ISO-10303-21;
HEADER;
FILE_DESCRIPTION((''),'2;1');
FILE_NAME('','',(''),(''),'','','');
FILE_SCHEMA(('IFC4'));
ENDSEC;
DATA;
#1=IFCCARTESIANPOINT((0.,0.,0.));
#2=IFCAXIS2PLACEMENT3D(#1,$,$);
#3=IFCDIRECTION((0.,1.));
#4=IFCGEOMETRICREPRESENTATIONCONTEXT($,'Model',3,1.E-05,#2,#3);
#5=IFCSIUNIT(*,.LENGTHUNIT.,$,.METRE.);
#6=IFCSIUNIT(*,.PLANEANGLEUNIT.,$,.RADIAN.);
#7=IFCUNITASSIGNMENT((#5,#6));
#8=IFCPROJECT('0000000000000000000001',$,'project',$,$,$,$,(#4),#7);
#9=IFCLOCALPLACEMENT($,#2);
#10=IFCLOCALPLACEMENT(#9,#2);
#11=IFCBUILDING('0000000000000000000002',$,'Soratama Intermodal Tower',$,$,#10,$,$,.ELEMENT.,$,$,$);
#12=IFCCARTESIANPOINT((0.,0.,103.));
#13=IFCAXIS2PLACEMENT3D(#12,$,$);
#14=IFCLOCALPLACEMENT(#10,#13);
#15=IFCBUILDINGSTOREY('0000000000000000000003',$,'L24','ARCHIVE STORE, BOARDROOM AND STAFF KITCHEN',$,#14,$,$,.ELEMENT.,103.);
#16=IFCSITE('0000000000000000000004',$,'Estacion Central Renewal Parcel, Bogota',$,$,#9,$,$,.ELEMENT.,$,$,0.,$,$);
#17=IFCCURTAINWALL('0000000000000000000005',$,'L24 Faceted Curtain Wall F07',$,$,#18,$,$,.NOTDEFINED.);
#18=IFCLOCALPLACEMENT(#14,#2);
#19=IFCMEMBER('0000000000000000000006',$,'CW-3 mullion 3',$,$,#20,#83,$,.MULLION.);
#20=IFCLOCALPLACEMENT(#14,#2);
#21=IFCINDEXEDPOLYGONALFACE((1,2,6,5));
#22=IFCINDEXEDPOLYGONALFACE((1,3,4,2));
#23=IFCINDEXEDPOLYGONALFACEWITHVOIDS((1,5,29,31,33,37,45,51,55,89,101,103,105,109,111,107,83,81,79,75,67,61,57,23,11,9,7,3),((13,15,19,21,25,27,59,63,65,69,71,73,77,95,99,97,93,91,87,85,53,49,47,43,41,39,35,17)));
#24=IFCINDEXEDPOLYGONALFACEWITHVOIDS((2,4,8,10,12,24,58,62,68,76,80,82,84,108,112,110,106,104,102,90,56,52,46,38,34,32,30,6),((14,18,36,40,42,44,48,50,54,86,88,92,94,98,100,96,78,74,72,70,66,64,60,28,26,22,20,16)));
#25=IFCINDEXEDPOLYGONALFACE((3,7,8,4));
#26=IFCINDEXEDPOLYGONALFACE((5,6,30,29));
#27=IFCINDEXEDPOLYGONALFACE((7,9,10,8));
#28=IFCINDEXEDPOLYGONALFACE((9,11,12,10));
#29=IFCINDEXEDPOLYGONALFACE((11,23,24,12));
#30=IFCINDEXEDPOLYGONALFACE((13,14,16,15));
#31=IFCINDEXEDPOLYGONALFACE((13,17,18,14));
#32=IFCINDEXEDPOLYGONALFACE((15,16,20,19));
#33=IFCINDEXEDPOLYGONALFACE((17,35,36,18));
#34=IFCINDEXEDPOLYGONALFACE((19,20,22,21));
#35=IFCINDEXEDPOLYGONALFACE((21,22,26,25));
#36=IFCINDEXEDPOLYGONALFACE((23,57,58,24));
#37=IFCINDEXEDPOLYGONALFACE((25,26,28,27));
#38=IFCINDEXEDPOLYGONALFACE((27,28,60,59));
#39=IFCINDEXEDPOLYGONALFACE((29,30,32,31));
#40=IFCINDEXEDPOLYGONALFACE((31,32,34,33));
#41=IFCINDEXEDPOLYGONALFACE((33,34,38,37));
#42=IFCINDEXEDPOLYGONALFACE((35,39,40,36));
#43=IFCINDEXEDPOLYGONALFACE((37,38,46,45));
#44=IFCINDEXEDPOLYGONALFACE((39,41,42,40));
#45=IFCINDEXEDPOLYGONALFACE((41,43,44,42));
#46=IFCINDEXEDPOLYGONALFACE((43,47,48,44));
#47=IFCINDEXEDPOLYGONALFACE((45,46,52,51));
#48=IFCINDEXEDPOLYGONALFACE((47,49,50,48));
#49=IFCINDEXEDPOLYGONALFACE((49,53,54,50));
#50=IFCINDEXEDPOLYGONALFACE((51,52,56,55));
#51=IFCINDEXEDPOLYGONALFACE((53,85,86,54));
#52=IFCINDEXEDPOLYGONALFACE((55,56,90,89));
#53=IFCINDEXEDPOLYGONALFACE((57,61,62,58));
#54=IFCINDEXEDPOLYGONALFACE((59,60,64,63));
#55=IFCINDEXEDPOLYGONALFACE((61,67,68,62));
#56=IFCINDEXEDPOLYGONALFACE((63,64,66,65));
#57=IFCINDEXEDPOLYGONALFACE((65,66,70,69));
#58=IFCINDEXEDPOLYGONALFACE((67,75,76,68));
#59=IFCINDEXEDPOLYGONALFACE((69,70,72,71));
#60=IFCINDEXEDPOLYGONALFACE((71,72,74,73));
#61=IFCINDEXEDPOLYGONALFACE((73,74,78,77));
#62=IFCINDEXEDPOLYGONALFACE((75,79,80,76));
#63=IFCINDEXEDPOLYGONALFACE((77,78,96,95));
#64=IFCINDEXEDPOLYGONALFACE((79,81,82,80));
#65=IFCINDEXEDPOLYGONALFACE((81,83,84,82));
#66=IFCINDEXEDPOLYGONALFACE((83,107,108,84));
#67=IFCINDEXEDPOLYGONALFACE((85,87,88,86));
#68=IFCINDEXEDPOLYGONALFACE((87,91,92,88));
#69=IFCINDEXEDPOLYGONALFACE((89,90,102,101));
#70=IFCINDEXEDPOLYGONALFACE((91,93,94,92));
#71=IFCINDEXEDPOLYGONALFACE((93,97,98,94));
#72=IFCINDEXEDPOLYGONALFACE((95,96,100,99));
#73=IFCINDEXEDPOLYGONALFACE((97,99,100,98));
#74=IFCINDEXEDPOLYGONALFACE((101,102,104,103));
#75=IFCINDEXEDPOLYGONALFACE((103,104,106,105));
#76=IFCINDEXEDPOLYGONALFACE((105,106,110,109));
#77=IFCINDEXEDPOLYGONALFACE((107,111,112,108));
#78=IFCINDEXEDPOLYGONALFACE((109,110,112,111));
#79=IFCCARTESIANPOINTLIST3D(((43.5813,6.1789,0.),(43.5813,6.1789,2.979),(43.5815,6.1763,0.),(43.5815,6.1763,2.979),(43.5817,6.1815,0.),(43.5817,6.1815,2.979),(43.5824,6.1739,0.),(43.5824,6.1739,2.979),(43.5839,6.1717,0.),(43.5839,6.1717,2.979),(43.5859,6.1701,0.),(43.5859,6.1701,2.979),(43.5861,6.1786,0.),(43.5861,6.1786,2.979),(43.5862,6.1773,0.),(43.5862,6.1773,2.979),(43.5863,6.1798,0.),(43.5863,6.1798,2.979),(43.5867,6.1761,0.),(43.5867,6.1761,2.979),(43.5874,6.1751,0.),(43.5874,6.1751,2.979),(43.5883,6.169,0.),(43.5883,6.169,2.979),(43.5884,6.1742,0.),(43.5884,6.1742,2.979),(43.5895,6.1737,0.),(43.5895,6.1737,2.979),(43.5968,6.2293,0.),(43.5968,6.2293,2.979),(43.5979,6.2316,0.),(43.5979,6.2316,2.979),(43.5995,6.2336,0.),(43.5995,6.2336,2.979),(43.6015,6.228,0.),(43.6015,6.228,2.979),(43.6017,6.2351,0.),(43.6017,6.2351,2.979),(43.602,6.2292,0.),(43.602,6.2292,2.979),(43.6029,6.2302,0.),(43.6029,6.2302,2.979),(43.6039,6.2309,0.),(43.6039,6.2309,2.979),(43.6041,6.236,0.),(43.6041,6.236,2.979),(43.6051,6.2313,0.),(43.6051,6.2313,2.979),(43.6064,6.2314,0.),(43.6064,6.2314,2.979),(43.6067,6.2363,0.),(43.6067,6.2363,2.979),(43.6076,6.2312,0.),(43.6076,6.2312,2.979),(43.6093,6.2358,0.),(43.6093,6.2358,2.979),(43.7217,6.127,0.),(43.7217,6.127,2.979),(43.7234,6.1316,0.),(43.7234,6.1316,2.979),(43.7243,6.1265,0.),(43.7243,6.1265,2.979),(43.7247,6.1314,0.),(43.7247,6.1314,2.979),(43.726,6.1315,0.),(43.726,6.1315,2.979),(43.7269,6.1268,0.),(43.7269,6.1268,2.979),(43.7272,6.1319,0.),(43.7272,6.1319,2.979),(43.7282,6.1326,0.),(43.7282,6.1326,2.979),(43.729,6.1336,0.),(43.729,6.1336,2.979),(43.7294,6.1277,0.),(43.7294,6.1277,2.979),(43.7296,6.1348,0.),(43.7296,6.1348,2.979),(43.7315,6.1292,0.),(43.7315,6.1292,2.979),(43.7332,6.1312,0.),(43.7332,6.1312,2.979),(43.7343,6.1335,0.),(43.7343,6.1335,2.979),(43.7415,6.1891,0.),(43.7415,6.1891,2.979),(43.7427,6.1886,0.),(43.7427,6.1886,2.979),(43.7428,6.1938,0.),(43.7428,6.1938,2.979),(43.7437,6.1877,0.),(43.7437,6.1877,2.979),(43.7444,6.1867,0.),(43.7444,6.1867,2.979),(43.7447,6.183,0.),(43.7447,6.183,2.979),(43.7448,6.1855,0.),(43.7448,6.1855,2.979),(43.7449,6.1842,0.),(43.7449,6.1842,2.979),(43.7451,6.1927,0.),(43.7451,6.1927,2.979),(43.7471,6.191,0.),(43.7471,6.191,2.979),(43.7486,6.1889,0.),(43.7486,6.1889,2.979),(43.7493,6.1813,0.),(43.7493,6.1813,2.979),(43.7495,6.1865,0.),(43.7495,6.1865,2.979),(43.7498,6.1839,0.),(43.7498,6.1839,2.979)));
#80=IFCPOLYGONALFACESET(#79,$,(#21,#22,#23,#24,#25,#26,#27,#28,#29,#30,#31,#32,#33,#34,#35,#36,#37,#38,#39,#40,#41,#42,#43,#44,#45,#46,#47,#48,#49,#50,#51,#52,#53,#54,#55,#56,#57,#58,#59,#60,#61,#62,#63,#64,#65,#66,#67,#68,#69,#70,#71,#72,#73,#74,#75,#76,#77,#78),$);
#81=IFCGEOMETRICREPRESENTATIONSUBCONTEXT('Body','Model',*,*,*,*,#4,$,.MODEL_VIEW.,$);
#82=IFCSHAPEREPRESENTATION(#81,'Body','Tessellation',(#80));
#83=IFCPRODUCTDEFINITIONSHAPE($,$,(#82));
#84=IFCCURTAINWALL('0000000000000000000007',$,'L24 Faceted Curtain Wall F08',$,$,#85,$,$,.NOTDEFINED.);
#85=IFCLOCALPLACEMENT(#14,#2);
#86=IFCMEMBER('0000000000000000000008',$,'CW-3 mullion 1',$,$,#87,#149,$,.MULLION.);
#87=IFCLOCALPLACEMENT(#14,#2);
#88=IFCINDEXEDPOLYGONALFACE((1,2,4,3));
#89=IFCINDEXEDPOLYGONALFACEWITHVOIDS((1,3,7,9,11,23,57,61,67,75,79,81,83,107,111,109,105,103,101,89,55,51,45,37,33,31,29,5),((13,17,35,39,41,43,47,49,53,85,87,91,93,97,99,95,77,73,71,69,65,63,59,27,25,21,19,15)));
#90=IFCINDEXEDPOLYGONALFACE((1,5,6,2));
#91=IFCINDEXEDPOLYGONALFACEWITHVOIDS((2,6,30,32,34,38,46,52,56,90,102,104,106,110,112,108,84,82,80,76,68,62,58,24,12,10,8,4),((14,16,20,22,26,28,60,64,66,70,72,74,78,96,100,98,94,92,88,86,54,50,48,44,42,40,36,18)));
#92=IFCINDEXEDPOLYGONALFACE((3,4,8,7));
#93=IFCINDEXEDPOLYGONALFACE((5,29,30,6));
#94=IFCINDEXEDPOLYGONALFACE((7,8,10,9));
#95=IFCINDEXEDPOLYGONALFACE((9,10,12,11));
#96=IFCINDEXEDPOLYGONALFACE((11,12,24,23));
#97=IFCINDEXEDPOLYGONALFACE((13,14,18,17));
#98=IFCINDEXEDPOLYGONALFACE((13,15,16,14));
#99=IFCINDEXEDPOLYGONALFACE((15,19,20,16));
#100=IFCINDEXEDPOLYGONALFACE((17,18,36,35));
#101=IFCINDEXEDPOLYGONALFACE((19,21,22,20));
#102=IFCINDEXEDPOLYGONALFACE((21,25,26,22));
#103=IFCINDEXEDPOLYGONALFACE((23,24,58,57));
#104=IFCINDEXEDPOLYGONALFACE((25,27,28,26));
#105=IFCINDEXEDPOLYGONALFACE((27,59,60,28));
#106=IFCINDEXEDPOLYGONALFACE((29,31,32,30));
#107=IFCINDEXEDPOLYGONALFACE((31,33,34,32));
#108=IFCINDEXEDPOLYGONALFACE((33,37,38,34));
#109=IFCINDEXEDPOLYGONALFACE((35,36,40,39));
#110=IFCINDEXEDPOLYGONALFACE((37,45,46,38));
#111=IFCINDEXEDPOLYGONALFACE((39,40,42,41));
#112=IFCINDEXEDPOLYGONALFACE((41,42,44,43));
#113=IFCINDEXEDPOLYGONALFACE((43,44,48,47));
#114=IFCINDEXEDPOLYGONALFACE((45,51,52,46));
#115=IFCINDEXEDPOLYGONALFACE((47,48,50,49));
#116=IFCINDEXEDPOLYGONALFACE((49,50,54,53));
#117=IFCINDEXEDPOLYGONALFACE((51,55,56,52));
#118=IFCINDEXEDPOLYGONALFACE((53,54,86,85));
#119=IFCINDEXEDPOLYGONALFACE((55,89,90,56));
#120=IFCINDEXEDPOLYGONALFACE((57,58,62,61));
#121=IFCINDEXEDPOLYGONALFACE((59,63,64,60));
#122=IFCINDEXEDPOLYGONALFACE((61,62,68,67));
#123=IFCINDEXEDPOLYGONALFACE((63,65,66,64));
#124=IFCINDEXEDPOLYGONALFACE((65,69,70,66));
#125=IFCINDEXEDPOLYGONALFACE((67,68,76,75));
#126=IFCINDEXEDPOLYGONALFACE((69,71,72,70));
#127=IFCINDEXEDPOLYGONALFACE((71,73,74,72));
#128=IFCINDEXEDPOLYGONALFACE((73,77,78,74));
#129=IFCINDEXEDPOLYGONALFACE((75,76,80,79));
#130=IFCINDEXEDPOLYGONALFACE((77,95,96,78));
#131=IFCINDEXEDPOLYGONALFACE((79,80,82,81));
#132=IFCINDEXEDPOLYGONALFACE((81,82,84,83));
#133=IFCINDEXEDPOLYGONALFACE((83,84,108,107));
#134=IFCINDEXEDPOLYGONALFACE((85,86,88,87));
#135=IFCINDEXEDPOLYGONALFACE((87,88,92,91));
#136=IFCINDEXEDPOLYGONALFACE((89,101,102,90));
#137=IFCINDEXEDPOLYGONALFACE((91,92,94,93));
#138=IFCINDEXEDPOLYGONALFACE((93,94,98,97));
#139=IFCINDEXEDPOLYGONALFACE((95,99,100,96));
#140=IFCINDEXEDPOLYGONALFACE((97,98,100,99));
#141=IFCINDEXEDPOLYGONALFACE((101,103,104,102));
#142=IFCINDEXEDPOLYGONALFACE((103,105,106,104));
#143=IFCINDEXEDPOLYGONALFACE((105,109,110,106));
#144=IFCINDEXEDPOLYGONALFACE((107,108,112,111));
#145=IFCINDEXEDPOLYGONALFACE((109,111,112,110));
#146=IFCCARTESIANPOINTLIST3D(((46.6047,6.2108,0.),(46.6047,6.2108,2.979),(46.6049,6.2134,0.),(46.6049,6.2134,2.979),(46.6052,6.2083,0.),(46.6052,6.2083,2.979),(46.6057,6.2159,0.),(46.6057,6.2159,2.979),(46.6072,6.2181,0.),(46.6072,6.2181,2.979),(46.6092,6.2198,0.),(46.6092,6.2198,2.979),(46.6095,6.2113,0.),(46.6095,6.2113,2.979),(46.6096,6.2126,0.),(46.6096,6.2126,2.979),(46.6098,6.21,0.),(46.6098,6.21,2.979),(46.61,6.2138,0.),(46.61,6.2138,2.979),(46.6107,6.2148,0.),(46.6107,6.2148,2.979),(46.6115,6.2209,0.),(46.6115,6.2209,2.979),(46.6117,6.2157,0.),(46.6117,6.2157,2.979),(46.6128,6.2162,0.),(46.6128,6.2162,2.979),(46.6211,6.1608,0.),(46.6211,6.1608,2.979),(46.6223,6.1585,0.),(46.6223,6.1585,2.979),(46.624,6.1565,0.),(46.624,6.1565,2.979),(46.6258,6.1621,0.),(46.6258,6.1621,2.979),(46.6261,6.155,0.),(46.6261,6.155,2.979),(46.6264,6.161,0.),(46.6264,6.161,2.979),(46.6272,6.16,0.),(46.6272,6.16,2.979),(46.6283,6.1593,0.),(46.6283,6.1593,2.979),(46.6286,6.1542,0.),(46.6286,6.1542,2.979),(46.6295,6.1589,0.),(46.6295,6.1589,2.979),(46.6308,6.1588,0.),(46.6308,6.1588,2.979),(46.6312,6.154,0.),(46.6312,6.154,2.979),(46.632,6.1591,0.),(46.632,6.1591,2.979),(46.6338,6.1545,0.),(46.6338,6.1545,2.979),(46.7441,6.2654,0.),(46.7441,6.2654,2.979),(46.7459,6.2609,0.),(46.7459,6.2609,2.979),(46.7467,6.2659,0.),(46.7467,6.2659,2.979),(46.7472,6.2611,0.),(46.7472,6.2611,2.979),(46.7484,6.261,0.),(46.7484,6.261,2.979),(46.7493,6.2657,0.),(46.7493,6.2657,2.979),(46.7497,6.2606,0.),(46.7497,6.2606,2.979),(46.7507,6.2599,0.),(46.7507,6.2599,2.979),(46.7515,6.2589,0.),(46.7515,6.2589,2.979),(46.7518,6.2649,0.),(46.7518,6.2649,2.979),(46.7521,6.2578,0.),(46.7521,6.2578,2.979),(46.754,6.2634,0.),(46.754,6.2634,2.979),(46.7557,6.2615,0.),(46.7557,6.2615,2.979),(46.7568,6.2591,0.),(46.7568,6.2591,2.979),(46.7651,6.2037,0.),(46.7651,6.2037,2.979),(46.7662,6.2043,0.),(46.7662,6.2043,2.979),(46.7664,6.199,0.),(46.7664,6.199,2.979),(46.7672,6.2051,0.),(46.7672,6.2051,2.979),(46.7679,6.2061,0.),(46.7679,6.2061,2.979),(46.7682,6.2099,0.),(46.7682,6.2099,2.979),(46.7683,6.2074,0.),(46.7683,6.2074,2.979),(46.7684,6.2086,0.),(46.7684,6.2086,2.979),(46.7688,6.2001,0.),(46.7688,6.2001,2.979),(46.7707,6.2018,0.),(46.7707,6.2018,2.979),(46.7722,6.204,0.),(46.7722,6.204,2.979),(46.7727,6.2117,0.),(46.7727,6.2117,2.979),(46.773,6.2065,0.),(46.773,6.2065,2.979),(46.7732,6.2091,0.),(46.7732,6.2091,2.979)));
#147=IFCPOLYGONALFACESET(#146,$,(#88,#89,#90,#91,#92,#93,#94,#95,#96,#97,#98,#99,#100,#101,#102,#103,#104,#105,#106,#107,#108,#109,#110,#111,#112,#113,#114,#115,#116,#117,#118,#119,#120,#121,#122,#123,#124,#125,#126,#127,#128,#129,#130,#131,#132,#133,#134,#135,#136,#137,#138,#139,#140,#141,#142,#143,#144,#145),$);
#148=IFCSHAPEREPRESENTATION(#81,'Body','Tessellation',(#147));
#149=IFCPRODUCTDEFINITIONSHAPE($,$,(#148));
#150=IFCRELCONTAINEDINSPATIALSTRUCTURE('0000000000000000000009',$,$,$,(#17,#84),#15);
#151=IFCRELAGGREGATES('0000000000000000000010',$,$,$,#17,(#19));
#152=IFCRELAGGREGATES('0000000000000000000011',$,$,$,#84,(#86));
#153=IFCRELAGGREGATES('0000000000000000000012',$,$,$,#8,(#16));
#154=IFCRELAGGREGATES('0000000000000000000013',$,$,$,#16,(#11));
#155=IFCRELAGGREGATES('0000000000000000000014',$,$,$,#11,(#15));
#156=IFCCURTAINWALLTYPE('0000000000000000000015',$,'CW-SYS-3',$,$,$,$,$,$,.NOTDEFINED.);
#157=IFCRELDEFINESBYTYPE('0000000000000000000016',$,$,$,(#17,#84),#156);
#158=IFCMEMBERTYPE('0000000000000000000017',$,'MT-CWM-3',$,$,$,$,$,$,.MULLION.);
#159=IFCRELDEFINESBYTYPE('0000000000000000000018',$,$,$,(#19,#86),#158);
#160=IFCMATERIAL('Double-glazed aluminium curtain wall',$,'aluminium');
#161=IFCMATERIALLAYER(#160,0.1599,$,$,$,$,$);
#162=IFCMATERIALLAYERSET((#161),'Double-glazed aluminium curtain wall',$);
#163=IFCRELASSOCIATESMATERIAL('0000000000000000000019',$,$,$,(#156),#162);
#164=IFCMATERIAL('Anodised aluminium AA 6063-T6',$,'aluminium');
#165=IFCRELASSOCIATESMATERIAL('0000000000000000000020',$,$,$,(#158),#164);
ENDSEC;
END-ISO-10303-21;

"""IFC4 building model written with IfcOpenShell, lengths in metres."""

from ifc_helpers import new_model, si_unit, direction, frame, origin, origin_2d, place, context, subcontext, project, spatial, hollow_rectangle, extrude, material, layer, layer_set, material_profile, profile_set, type_object, element, aggregate, save


model = new_model("IFC4")

# Units and contexts
model_context = context("Model", 3, precision=1e-05, world=origin(), true_north=direction((0.0, 1.0)))
body_context = subcontext(model_context, "Body", "Model", "MODEL_VIEW")
ifc_project = project(units=[si_unit("LENGTHUNIT", "METRE"), si_unit("PLANEANGLEUNIT", "RADIAN")], contexts=[model_context])

# Site, building, storey
site_placement = place(None, origin())
site = spatial("IfcSite", under=ifc_project, at=site_placement, Name="Estacion Central Renewal Parcel, Bogota", CompositionType="ELEMENT", RefElevation=0.0)
building_placement = place(site_placement, origin())
building = spatial("IfcBuilding", under=site, at=building_placement, Name="Soratama Intermodal Tower", CompositionType="ELEMENT")
storey_placement = place(building_placement, frame((0.0, 0.0, 103.0)))
storey = spatial("IfcBuildingStorey", under=building, at=storey_placement, Name="L24", Description="ARCHIVE STORE, BOARDROOM AND STAFF KITCHEN", CompositionType="ELEMENT", Elevation=103.0)

# Curtain wall, member
ifc_material_1 = material(Name="Double-glazed aluminium curtain wall", Category="aluminium")
ifc_layer_1 = layer(ifc_material_1, 0.1599)
ifc_layer_set_1 = layer_set([ifc_layer_1], Name="Double-glazed aluminium curtain wall")
curtain_wall_type = type_object("IfcCurtainWallType", Name="CW-SYS-3", PredefinedType="NOTDEFINED", material=ifc_layer_set_1)
curtain_wall_1_placement = place(storey_placement, origin())
curtain_wall_1 = element("IfcCurtainWall", 1, at=curtain_wall_1_placement, inside=storey, type_object=curtain_wall_type, Name="L24 Faceted Curtain Wall F07", PredefinedType="NOTDEFINED")
ifc_material_2 = material(Name="Anodised aluminium AA 6063-T6", Category="aluminium")
ifc_material_profile_1 = material_profile(ifc_material_2, hollow_rectangle(XDim=0.0701, YDim=0.1599, WallThickness=0.0049, InnerFilletRadius=0.0049, OuterFilletRadius=0.01, at=origin_2d()), Name="CWM160X70X5")
ifc_profile_set_1 = profile_set([ifc_material_profile_1], Name="Anodised aluminium AA 6063-T6")
member_type_1 = type_object("IfcMemberType", Name="MT-CWM-3", PredefinedType="MULLION", material=ifc_profile_set_1)
member_1_placement = place(storey_placement, frame((43.6655, 6.1814, 0.0), z_axis=(0.0, 0.0, 1.0), x_axis=(0.300038, 0.953927, 0.0)))
member_1 = element("IfcMember", 2, at=member_1_placement, type_object=member_type_1, Name="CW-3 mullion 3", PredefinedType="MULLION", context=body_context, shape_type="SweptSolid", body=[
    extrude(hollow_rectangle(XDim=0.0701, YDim=0.1599, WallThickness=0.0049, InnerFilletRadius=0.0049, OuterFilletRadius=0.01, at=origin_2d()), origin(), (0.0, 0.0, 1.0), 2.979),
])

# Curtain wall, member
curtain_wall_2_placement = place(storey_placement, origin())
curtain_wall_2 = element("IfcCurtainWall", 3, at=curtain_wall_2_placement, inside=storey, type_object=curtain_wall_type, Name="L24 Faceted Curtain Wall F08", PredefinedType="NOTDEFINED")
member_2_placement = place(storey_placement, frame((46.689, 6.21, 0.0), z_axis=(0.0, 0.0, 1.0), x_axis=(-0.317958, 0.948105, 0.0)))
member_2 = element("IfcMember", 4, at=member_2_placement, type_object=member_type_1, Name="CW-3 mullion 1", PredefinedType="MULLION", context=body_context, shape_type="SweptSolid", body=[
    extrude(hollow_rectangle(XDim=0.0701, YDim=0.1599, WallThickness=0.0049, InnerFilletRadius=0.0049, OuterFilletRadius=0.01, at=origin_2d()), origin(), (0.0, 0.0, 1.0), 2.979),
])

aggregate(curtain_wall_1, [member_1])
aggregate(curtain_wall_2, [member_2])

save(model, "model.ifc")
